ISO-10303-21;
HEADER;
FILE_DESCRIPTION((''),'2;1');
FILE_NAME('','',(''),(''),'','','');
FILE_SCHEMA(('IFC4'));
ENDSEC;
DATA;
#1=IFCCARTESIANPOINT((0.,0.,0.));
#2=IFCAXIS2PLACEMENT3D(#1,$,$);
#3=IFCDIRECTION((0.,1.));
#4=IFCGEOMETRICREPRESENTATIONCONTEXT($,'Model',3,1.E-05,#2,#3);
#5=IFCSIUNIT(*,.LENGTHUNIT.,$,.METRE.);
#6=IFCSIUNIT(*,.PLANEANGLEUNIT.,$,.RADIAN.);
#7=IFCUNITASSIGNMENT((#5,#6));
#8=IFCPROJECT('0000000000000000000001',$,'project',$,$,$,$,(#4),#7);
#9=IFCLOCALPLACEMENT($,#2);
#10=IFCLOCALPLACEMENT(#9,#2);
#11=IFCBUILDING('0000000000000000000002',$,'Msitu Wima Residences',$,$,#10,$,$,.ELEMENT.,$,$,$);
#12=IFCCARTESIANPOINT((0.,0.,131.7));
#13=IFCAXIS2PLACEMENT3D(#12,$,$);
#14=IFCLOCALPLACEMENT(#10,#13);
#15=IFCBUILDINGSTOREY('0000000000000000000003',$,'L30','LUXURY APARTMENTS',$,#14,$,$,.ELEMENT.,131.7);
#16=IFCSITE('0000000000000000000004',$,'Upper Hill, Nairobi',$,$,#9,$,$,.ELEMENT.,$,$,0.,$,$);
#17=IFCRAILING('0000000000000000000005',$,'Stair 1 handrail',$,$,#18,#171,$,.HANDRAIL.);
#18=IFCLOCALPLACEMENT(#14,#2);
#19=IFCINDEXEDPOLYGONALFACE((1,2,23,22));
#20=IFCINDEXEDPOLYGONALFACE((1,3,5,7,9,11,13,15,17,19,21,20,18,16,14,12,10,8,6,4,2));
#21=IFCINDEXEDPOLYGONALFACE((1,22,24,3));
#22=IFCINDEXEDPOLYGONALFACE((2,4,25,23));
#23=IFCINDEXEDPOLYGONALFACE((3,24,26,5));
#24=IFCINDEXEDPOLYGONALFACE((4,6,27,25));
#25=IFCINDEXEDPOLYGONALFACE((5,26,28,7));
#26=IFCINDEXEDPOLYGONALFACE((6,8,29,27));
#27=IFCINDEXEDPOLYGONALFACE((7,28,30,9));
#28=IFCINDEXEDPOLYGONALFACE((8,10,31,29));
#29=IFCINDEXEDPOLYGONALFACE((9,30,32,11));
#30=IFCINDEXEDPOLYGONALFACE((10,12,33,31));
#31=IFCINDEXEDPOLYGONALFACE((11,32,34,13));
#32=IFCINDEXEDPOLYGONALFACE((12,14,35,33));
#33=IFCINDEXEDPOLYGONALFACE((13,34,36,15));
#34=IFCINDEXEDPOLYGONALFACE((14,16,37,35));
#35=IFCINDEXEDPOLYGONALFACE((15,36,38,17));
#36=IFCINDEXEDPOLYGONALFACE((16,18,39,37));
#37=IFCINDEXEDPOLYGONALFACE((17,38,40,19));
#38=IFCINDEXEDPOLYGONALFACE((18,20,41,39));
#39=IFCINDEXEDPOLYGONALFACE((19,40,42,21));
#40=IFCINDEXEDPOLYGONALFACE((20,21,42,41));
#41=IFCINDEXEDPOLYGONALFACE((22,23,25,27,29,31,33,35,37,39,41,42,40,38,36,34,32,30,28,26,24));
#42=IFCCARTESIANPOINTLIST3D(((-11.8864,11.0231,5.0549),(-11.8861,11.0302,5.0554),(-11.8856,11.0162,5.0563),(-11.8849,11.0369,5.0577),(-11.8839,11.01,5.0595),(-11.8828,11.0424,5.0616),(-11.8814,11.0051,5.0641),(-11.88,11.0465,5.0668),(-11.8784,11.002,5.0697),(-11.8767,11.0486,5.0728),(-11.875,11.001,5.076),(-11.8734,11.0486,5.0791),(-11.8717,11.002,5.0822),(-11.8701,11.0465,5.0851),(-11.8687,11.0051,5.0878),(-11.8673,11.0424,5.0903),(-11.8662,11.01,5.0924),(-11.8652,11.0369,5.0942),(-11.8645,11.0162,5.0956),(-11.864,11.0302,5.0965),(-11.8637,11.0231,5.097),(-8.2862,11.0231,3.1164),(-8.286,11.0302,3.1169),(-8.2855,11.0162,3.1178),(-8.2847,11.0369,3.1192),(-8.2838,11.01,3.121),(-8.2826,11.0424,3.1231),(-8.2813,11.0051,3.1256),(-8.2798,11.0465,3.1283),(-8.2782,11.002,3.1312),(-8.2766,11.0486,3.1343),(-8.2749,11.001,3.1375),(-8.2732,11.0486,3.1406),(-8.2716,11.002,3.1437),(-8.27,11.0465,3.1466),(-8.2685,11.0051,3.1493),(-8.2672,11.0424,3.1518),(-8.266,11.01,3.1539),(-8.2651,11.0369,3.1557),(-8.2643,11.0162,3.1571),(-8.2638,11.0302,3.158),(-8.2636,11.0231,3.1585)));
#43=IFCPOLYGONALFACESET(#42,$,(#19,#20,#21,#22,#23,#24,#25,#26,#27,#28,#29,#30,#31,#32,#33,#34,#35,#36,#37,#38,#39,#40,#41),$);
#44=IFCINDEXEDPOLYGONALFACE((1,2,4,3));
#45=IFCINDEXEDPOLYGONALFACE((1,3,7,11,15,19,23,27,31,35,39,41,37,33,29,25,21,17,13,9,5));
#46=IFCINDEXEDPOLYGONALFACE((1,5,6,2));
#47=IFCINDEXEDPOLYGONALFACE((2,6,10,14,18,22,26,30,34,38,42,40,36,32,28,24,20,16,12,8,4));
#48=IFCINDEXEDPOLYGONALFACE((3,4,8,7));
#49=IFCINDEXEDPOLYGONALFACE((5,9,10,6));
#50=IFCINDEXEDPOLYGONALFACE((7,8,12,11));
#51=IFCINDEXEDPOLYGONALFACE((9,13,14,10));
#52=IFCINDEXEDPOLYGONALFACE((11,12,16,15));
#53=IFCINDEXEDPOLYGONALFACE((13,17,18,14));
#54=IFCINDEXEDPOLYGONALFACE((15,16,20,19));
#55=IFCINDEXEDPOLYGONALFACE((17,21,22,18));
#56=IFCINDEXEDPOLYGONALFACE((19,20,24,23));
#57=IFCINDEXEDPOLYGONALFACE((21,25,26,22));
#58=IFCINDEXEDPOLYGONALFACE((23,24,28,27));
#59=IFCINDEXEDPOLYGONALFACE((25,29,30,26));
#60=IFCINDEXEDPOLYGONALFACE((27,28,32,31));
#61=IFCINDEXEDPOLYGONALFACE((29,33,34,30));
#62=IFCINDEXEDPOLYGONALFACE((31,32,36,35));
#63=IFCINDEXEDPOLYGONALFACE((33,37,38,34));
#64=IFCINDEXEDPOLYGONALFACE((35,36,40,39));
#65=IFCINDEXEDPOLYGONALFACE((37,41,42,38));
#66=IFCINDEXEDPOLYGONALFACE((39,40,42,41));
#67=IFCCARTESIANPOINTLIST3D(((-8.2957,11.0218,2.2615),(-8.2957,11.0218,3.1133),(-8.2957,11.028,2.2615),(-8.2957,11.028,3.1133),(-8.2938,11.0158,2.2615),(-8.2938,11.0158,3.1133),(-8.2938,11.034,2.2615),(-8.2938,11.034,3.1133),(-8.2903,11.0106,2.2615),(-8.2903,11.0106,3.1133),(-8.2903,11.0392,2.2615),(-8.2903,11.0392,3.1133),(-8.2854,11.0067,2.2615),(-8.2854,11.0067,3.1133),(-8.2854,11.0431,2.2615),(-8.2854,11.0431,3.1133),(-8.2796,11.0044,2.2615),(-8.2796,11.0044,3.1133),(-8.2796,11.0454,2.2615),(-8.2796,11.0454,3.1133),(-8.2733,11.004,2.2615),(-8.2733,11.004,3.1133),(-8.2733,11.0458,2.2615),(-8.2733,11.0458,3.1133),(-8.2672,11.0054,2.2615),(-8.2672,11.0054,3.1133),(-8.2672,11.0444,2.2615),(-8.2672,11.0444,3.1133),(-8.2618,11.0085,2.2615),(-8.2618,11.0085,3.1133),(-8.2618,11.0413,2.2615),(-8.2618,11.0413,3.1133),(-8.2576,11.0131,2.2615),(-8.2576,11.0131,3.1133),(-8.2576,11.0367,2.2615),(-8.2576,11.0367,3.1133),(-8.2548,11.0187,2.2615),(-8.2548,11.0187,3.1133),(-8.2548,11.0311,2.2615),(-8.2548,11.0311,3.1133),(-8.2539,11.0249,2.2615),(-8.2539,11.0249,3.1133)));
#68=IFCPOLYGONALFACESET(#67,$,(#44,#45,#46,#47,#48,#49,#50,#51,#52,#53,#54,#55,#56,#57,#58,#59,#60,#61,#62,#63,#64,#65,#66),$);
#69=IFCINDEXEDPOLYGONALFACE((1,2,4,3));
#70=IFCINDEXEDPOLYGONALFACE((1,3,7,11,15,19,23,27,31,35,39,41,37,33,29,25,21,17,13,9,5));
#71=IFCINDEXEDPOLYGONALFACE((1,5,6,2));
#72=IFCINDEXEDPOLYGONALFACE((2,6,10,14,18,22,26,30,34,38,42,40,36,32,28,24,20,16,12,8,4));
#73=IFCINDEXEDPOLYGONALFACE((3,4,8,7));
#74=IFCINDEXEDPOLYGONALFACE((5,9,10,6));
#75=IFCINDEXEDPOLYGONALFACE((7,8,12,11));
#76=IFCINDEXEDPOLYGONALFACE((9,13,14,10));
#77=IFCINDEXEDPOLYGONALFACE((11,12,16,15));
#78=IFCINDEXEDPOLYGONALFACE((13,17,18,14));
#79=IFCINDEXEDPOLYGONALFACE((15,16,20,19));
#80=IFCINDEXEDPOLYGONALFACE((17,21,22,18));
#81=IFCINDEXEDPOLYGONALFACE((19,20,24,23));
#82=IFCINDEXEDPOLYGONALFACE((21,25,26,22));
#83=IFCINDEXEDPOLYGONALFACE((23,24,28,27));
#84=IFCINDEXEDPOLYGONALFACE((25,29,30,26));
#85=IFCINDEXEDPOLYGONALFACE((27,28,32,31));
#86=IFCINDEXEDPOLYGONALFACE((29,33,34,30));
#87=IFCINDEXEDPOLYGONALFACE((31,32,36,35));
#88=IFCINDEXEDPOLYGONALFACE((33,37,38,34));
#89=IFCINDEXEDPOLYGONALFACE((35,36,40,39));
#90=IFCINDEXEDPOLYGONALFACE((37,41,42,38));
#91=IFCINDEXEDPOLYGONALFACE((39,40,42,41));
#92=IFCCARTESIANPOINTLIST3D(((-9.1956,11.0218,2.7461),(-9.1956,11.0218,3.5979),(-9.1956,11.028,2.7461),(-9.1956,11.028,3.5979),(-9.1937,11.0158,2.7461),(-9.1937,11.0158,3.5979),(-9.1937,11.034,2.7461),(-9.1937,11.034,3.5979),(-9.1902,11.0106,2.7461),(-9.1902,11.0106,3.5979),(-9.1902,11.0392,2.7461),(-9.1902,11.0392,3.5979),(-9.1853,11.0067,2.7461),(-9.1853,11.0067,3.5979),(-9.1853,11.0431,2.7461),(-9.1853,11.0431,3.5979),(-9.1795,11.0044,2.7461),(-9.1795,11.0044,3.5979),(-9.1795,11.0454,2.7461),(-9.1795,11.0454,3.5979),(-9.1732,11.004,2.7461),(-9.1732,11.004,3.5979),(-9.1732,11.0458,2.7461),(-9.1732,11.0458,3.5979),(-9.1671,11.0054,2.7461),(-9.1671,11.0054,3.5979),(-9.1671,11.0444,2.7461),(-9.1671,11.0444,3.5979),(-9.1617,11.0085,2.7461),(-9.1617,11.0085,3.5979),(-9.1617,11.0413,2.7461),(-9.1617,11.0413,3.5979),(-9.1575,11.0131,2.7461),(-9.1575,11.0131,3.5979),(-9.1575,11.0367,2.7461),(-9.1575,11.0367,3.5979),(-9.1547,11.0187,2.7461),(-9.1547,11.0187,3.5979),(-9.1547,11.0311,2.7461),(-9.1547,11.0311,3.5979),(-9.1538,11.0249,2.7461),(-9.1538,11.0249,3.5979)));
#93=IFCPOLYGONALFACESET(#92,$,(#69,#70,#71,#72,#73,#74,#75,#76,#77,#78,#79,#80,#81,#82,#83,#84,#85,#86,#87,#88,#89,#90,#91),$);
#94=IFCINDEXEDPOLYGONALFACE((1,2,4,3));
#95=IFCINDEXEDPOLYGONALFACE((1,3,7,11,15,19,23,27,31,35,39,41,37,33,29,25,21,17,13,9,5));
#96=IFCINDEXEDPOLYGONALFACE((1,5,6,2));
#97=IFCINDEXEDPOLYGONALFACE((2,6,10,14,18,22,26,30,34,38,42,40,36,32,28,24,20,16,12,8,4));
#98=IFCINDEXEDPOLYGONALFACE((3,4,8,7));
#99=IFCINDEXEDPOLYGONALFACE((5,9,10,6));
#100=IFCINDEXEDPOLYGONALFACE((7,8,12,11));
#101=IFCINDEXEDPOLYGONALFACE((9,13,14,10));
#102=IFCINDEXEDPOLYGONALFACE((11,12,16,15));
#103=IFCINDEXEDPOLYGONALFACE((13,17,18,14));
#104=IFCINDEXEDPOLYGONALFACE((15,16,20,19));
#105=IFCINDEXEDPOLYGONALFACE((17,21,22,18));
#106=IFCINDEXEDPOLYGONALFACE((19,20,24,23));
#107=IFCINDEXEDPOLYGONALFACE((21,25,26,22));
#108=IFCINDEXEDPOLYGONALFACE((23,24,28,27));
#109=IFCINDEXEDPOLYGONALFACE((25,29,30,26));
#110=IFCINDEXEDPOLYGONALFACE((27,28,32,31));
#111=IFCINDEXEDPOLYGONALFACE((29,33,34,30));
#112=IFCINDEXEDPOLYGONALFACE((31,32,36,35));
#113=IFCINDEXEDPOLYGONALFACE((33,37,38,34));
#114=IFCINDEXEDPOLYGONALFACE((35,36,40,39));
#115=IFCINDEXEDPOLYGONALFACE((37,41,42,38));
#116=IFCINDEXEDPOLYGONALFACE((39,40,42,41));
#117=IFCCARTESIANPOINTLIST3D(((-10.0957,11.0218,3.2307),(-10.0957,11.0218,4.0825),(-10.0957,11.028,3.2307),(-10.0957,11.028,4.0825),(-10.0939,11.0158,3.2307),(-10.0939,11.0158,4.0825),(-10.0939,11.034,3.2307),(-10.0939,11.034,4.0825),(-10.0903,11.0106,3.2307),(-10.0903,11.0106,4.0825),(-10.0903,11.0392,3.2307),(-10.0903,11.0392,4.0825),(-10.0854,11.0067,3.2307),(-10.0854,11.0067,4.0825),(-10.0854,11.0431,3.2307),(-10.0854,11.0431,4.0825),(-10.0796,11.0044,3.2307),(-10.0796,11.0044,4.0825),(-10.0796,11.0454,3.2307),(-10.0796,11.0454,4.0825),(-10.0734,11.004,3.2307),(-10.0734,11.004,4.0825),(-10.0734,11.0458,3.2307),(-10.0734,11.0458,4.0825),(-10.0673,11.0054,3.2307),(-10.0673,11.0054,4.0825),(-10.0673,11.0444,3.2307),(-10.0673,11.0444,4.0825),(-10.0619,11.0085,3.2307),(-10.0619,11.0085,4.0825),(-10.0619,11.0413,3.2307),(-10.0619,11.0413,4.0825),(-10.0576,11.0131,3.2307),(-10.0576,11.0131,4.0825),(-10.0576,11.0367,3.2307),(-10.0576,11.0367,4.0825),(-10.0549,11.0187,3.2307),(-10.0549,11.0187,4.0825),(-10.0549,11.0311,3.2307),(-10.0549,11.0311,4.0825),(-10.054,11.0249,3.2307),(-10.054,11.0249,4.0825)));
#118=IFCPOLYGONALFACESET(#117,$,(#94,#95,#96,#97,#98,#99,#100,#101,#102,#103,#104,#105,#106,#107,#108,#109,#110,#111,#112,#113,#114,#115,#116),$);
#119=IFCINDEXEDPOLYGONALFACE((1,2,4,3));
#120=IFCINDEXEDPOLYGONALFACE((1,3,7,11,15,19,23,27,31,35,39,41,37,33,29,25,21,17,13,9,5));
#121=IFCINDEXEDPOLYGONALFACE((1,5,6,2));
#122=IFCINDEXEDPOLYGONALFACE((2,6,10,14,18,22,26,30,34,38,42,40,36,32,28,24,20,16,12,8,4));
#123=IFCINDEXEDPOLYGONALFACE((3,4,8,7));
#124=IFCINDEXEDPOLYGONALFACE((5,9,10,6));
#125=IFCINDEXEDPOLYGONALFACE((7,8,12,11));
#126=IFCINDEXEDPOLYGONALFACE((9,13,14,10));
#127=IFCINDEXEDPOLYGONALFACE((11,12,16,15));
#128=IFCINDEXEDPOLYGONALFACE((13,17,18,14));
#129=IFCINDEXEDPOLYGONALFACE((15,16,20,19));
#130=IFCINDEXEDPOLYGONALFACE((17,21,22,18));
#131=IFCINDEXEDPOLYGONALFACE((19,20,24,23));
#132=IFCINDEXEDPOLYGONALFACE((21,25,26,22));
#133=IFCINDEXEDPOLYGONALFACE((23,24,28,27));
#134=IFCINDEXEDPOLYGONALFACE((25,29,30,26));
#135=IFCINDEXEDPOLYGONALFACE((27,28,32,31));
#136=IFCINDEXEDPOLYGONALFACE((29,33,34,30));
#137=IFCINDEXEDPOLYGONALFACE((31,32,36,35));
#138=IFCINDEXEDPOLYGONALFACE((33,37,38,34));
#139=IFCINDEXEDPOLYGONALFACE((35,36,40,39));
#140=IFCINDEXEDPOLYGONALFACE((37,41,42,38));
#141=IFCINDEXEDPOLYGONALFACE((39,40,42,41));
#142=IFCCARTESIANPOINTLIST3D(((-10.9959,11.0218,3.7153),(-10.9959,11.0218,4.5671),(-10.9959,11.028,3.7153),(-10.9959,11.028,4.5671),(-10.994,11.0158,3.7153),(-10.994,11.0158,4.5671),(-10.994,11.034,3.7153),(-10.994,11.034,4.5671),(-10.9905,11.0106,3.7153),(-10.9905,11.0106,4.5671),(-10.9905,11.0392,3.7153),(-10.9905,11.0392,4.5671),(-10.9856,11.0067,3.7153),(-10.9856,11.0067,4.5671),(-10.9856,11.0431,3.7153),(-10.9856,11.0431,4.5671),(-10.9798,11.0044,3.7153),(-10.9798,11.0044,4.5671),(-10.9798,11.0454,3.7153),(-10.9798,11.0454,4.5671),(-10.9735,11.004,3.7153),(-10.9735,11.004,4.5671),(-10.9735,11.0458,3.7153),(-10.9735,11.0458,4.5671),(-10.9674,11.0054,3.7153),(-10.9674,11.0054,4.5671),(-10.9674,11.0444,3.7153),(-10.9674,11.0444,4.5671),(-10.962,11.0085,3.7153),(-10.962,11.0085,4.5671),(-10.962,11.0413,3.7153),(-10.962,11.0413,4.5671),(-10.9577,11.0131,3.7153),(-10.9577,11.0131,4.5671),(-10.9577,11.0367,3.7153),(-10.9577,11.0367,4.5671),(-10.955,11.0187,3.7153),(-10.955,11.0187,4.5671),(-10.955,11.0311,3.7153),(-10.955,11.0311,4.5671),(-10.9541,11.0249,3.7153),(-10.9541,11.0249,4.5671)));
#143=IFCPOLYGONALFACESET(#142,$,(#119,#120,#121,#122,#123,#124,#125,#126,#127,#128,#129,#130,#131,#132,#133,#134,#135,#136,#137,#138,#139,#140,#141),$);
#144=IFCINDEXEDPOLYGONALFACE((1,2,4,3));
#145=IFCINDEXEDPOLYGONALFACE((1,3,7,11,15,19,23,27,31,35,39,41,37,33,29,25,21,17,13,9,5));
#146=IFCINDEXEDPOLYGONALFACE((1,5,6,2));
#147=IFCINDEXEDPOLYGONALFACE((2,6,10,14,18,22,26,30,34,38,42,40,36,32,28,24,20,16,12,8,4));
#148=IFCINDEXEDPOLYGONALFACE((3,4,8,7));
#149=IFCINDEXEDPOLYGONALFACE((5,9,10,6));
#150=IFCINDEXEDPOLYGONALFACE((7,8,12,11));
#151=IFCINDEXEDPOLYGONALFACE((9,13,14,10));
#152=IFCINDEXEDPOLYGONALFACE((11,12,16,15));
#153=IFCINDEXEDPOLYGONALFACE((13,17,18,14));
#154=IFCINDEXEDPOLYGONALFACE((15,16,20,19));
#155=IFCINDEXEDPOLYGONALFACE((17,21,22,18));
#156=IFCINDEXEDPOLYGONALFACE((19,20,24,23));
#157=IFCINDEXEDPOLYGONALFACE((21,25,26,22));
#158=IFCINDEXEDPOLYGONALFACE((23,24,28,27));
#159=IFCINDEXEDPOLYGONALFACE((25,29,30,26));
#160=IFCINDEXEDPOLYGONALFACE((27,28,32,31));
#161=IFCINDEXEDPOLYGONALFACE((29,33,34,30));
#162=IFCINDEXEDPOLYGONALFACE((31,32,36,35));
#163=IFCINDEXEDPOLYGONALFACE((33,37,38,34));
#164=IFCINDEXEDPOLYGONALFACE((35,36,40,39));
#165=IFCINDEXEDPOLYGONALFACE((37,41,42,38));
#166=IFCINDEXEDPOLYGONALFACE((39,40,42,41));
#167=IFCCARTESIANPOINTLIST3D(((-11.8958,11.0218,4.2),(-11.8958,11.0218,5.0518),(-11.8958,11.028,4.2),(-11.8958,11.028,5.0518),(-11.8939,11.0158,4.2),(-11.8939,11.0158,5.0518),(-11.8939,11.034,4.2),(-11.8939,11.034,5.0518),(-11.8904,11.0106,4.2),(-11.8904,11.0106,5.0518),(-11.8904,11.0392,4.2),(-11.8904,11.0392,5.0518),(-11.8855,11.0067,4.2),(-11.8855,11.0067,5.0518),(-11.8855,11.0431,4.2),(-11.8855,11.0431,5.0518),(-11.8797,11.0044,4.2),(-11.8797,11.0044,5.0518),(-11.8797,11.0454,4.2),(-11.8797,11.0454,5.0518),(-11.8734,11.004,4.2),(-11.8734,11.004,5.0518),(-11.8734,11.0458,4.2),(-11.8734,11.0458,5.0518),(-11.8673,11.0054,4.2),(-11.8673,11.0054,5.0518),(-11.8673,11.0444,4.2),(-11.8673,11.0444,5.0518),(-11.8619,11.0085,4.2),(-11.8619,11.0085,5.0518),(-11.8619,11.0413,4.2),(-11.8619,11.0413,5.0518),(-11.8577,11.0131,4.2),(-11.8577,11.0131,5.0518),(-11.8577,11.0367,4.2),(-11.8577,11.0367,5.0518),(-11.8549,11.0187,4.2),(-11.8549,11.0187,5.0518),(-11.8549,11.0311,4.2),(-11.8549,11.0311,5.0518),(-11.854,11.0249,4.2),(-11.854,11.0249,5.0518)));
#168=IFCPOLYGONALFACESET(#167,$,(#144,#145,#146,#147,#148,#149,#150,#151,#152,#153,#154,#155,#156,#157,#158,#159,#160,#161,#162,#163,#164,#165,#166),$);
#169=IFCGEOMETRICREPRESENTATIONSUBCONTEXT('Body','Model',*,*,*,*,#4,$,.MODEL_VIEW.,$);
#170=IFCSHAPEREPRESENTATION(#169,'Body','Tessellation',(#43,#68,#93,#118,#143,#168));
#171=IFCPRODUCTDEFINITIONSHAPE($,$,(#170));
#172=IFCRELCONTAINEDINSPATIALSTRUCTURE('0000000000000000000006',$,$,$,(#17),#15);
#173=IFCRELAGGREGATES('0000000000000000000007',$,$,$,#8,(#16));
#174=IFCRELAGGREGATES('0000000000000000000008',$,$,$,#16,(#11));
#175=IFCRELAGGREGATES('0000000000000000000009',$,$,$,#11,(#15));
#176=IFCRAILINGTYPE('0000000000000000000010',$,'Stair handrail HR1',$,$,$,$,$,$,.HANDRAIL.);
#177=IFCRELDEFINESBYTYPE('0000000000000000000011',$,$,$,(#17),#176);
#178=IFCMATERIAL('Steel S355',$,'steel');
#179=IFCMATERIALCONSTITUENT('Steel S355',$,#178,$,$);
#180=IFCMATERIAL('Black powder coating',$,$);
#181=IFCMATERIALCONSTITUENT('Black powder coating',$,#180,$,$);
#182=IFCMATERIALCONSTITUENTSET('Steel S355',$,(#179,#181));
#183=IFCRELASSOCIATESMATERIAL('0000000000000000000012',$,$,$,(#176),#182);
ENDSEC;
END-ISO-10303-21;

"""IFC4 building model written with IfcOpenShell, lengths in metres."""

from ifc_helpers import new_model, si_unit, direction, frame, origin, origin_2d, place, context, subcontext, project, spatial, circle, extrude, material, constituent, constituent_set, type_object, element, save


model = new_model("IFC4")

# Units and contexts
model_context = context("Model", 3, precision=1e-05, world=origin(), true_north=direction((0.0, 1.0)))
body_context = subcontext(model_context, "Body", "Model", "MODEL_VIEW")
ifc_project = project(units=[si_unit("LENGTHUNIT", "METRE"), si_unit("PLANEANGLEUNIT", "RADIAN")], contexts=[model_context])

# Site, building, storey
site_placement = place(None, origin())
site = spatial("IfcSite", under=ifc_project, at=site_placement, Name="Upper Hill, Nairobi", CompositionType="ELEMENT", RefElevation=0.0)
building_placement = place(site_placement, origin())
building = spatial("IfcBuilding", under=site, at=building_placement, Name="Msitu Wima Residences", CompositionType="ELEMENT")
storey_placement = place(building_placement, frame((0.0, 0.0, 131.7)))
storey = spatial("IfcBuildingStorey", under=building, at=storey_placement, Name="L30", Description="LUXURY APARTMENTS", CompositionType="ELEMENT", Elevation=131.7)

# Railing
ifc_material_1 = material(Name="Steel S355", Category="steel")
ifc_constituent_1 = constituent(ifc_material_1, Name="Steel S355")
ifc_material_2 = material(Name="Black powder coating")
ifc_constituent_2 = constituent(ifc_material_2, Name="Black powder coating")
ifc_constituent_set_1 = constituent_set(constituents=[ifc_constituent_1, ifc_constituent_2], Name="Steel S355")
railing_type_1 = type_object("IfcRailingType", Name="Stair handrail HR1", PredefinedType="HANDRAIL", material=ifc_constituent_set_1)
railing_1_placement = place(storey_placement, frame((-8.2749, 11.0249, 2.2615)))
element("IfcRailing", 1, at=railing_1_placement, inside=storey, type_object=railing_type_1, Name="Stair 1 handrail", PredefinedType="HANDRAIL", context=body_context, shape_type="SweptSolid", body=[
    extrude(circle(Radius=0.0239, at=origin_2d()), frame((0.0, 0.0, 0.876), z_axis=(-0.880475, 0.0, 0.474093), x_axis=(0.0, -1.0, 0.0)), (0.0, 0.0, 1.0), 4.0889),
    extrude(circle(Radius=0.021, at=origin_2d()), origin(), (0.0, 0.0, 1.0), 0.8518),
    extrude(circle(Radius=0.021, at=origin_2d()), frame((-0.8999, 0.0, 0.4846)), (0.0, 0.0, 1.0), 0.8518),
    extrude(circle(Radius=0.021, at=origin_2d()), frame((-1.8, 0.0, 0.9692)), (0.0, 0.0, 1.0), 0.8518),
    extrude(circle(Radius=0.021, at=origin_2d()), frame((-2.7002, 0.0, 1.4539)), (0.0, 0.0, 1.0), 0.8518),
    extrude(circle(Radius=0.021, at=origin_2d()), frame((-3.6001, 0.0, 1.9385)), (0.0, 0.0, 1.0), 0.8518),
])

save(model, "model.ifc")
